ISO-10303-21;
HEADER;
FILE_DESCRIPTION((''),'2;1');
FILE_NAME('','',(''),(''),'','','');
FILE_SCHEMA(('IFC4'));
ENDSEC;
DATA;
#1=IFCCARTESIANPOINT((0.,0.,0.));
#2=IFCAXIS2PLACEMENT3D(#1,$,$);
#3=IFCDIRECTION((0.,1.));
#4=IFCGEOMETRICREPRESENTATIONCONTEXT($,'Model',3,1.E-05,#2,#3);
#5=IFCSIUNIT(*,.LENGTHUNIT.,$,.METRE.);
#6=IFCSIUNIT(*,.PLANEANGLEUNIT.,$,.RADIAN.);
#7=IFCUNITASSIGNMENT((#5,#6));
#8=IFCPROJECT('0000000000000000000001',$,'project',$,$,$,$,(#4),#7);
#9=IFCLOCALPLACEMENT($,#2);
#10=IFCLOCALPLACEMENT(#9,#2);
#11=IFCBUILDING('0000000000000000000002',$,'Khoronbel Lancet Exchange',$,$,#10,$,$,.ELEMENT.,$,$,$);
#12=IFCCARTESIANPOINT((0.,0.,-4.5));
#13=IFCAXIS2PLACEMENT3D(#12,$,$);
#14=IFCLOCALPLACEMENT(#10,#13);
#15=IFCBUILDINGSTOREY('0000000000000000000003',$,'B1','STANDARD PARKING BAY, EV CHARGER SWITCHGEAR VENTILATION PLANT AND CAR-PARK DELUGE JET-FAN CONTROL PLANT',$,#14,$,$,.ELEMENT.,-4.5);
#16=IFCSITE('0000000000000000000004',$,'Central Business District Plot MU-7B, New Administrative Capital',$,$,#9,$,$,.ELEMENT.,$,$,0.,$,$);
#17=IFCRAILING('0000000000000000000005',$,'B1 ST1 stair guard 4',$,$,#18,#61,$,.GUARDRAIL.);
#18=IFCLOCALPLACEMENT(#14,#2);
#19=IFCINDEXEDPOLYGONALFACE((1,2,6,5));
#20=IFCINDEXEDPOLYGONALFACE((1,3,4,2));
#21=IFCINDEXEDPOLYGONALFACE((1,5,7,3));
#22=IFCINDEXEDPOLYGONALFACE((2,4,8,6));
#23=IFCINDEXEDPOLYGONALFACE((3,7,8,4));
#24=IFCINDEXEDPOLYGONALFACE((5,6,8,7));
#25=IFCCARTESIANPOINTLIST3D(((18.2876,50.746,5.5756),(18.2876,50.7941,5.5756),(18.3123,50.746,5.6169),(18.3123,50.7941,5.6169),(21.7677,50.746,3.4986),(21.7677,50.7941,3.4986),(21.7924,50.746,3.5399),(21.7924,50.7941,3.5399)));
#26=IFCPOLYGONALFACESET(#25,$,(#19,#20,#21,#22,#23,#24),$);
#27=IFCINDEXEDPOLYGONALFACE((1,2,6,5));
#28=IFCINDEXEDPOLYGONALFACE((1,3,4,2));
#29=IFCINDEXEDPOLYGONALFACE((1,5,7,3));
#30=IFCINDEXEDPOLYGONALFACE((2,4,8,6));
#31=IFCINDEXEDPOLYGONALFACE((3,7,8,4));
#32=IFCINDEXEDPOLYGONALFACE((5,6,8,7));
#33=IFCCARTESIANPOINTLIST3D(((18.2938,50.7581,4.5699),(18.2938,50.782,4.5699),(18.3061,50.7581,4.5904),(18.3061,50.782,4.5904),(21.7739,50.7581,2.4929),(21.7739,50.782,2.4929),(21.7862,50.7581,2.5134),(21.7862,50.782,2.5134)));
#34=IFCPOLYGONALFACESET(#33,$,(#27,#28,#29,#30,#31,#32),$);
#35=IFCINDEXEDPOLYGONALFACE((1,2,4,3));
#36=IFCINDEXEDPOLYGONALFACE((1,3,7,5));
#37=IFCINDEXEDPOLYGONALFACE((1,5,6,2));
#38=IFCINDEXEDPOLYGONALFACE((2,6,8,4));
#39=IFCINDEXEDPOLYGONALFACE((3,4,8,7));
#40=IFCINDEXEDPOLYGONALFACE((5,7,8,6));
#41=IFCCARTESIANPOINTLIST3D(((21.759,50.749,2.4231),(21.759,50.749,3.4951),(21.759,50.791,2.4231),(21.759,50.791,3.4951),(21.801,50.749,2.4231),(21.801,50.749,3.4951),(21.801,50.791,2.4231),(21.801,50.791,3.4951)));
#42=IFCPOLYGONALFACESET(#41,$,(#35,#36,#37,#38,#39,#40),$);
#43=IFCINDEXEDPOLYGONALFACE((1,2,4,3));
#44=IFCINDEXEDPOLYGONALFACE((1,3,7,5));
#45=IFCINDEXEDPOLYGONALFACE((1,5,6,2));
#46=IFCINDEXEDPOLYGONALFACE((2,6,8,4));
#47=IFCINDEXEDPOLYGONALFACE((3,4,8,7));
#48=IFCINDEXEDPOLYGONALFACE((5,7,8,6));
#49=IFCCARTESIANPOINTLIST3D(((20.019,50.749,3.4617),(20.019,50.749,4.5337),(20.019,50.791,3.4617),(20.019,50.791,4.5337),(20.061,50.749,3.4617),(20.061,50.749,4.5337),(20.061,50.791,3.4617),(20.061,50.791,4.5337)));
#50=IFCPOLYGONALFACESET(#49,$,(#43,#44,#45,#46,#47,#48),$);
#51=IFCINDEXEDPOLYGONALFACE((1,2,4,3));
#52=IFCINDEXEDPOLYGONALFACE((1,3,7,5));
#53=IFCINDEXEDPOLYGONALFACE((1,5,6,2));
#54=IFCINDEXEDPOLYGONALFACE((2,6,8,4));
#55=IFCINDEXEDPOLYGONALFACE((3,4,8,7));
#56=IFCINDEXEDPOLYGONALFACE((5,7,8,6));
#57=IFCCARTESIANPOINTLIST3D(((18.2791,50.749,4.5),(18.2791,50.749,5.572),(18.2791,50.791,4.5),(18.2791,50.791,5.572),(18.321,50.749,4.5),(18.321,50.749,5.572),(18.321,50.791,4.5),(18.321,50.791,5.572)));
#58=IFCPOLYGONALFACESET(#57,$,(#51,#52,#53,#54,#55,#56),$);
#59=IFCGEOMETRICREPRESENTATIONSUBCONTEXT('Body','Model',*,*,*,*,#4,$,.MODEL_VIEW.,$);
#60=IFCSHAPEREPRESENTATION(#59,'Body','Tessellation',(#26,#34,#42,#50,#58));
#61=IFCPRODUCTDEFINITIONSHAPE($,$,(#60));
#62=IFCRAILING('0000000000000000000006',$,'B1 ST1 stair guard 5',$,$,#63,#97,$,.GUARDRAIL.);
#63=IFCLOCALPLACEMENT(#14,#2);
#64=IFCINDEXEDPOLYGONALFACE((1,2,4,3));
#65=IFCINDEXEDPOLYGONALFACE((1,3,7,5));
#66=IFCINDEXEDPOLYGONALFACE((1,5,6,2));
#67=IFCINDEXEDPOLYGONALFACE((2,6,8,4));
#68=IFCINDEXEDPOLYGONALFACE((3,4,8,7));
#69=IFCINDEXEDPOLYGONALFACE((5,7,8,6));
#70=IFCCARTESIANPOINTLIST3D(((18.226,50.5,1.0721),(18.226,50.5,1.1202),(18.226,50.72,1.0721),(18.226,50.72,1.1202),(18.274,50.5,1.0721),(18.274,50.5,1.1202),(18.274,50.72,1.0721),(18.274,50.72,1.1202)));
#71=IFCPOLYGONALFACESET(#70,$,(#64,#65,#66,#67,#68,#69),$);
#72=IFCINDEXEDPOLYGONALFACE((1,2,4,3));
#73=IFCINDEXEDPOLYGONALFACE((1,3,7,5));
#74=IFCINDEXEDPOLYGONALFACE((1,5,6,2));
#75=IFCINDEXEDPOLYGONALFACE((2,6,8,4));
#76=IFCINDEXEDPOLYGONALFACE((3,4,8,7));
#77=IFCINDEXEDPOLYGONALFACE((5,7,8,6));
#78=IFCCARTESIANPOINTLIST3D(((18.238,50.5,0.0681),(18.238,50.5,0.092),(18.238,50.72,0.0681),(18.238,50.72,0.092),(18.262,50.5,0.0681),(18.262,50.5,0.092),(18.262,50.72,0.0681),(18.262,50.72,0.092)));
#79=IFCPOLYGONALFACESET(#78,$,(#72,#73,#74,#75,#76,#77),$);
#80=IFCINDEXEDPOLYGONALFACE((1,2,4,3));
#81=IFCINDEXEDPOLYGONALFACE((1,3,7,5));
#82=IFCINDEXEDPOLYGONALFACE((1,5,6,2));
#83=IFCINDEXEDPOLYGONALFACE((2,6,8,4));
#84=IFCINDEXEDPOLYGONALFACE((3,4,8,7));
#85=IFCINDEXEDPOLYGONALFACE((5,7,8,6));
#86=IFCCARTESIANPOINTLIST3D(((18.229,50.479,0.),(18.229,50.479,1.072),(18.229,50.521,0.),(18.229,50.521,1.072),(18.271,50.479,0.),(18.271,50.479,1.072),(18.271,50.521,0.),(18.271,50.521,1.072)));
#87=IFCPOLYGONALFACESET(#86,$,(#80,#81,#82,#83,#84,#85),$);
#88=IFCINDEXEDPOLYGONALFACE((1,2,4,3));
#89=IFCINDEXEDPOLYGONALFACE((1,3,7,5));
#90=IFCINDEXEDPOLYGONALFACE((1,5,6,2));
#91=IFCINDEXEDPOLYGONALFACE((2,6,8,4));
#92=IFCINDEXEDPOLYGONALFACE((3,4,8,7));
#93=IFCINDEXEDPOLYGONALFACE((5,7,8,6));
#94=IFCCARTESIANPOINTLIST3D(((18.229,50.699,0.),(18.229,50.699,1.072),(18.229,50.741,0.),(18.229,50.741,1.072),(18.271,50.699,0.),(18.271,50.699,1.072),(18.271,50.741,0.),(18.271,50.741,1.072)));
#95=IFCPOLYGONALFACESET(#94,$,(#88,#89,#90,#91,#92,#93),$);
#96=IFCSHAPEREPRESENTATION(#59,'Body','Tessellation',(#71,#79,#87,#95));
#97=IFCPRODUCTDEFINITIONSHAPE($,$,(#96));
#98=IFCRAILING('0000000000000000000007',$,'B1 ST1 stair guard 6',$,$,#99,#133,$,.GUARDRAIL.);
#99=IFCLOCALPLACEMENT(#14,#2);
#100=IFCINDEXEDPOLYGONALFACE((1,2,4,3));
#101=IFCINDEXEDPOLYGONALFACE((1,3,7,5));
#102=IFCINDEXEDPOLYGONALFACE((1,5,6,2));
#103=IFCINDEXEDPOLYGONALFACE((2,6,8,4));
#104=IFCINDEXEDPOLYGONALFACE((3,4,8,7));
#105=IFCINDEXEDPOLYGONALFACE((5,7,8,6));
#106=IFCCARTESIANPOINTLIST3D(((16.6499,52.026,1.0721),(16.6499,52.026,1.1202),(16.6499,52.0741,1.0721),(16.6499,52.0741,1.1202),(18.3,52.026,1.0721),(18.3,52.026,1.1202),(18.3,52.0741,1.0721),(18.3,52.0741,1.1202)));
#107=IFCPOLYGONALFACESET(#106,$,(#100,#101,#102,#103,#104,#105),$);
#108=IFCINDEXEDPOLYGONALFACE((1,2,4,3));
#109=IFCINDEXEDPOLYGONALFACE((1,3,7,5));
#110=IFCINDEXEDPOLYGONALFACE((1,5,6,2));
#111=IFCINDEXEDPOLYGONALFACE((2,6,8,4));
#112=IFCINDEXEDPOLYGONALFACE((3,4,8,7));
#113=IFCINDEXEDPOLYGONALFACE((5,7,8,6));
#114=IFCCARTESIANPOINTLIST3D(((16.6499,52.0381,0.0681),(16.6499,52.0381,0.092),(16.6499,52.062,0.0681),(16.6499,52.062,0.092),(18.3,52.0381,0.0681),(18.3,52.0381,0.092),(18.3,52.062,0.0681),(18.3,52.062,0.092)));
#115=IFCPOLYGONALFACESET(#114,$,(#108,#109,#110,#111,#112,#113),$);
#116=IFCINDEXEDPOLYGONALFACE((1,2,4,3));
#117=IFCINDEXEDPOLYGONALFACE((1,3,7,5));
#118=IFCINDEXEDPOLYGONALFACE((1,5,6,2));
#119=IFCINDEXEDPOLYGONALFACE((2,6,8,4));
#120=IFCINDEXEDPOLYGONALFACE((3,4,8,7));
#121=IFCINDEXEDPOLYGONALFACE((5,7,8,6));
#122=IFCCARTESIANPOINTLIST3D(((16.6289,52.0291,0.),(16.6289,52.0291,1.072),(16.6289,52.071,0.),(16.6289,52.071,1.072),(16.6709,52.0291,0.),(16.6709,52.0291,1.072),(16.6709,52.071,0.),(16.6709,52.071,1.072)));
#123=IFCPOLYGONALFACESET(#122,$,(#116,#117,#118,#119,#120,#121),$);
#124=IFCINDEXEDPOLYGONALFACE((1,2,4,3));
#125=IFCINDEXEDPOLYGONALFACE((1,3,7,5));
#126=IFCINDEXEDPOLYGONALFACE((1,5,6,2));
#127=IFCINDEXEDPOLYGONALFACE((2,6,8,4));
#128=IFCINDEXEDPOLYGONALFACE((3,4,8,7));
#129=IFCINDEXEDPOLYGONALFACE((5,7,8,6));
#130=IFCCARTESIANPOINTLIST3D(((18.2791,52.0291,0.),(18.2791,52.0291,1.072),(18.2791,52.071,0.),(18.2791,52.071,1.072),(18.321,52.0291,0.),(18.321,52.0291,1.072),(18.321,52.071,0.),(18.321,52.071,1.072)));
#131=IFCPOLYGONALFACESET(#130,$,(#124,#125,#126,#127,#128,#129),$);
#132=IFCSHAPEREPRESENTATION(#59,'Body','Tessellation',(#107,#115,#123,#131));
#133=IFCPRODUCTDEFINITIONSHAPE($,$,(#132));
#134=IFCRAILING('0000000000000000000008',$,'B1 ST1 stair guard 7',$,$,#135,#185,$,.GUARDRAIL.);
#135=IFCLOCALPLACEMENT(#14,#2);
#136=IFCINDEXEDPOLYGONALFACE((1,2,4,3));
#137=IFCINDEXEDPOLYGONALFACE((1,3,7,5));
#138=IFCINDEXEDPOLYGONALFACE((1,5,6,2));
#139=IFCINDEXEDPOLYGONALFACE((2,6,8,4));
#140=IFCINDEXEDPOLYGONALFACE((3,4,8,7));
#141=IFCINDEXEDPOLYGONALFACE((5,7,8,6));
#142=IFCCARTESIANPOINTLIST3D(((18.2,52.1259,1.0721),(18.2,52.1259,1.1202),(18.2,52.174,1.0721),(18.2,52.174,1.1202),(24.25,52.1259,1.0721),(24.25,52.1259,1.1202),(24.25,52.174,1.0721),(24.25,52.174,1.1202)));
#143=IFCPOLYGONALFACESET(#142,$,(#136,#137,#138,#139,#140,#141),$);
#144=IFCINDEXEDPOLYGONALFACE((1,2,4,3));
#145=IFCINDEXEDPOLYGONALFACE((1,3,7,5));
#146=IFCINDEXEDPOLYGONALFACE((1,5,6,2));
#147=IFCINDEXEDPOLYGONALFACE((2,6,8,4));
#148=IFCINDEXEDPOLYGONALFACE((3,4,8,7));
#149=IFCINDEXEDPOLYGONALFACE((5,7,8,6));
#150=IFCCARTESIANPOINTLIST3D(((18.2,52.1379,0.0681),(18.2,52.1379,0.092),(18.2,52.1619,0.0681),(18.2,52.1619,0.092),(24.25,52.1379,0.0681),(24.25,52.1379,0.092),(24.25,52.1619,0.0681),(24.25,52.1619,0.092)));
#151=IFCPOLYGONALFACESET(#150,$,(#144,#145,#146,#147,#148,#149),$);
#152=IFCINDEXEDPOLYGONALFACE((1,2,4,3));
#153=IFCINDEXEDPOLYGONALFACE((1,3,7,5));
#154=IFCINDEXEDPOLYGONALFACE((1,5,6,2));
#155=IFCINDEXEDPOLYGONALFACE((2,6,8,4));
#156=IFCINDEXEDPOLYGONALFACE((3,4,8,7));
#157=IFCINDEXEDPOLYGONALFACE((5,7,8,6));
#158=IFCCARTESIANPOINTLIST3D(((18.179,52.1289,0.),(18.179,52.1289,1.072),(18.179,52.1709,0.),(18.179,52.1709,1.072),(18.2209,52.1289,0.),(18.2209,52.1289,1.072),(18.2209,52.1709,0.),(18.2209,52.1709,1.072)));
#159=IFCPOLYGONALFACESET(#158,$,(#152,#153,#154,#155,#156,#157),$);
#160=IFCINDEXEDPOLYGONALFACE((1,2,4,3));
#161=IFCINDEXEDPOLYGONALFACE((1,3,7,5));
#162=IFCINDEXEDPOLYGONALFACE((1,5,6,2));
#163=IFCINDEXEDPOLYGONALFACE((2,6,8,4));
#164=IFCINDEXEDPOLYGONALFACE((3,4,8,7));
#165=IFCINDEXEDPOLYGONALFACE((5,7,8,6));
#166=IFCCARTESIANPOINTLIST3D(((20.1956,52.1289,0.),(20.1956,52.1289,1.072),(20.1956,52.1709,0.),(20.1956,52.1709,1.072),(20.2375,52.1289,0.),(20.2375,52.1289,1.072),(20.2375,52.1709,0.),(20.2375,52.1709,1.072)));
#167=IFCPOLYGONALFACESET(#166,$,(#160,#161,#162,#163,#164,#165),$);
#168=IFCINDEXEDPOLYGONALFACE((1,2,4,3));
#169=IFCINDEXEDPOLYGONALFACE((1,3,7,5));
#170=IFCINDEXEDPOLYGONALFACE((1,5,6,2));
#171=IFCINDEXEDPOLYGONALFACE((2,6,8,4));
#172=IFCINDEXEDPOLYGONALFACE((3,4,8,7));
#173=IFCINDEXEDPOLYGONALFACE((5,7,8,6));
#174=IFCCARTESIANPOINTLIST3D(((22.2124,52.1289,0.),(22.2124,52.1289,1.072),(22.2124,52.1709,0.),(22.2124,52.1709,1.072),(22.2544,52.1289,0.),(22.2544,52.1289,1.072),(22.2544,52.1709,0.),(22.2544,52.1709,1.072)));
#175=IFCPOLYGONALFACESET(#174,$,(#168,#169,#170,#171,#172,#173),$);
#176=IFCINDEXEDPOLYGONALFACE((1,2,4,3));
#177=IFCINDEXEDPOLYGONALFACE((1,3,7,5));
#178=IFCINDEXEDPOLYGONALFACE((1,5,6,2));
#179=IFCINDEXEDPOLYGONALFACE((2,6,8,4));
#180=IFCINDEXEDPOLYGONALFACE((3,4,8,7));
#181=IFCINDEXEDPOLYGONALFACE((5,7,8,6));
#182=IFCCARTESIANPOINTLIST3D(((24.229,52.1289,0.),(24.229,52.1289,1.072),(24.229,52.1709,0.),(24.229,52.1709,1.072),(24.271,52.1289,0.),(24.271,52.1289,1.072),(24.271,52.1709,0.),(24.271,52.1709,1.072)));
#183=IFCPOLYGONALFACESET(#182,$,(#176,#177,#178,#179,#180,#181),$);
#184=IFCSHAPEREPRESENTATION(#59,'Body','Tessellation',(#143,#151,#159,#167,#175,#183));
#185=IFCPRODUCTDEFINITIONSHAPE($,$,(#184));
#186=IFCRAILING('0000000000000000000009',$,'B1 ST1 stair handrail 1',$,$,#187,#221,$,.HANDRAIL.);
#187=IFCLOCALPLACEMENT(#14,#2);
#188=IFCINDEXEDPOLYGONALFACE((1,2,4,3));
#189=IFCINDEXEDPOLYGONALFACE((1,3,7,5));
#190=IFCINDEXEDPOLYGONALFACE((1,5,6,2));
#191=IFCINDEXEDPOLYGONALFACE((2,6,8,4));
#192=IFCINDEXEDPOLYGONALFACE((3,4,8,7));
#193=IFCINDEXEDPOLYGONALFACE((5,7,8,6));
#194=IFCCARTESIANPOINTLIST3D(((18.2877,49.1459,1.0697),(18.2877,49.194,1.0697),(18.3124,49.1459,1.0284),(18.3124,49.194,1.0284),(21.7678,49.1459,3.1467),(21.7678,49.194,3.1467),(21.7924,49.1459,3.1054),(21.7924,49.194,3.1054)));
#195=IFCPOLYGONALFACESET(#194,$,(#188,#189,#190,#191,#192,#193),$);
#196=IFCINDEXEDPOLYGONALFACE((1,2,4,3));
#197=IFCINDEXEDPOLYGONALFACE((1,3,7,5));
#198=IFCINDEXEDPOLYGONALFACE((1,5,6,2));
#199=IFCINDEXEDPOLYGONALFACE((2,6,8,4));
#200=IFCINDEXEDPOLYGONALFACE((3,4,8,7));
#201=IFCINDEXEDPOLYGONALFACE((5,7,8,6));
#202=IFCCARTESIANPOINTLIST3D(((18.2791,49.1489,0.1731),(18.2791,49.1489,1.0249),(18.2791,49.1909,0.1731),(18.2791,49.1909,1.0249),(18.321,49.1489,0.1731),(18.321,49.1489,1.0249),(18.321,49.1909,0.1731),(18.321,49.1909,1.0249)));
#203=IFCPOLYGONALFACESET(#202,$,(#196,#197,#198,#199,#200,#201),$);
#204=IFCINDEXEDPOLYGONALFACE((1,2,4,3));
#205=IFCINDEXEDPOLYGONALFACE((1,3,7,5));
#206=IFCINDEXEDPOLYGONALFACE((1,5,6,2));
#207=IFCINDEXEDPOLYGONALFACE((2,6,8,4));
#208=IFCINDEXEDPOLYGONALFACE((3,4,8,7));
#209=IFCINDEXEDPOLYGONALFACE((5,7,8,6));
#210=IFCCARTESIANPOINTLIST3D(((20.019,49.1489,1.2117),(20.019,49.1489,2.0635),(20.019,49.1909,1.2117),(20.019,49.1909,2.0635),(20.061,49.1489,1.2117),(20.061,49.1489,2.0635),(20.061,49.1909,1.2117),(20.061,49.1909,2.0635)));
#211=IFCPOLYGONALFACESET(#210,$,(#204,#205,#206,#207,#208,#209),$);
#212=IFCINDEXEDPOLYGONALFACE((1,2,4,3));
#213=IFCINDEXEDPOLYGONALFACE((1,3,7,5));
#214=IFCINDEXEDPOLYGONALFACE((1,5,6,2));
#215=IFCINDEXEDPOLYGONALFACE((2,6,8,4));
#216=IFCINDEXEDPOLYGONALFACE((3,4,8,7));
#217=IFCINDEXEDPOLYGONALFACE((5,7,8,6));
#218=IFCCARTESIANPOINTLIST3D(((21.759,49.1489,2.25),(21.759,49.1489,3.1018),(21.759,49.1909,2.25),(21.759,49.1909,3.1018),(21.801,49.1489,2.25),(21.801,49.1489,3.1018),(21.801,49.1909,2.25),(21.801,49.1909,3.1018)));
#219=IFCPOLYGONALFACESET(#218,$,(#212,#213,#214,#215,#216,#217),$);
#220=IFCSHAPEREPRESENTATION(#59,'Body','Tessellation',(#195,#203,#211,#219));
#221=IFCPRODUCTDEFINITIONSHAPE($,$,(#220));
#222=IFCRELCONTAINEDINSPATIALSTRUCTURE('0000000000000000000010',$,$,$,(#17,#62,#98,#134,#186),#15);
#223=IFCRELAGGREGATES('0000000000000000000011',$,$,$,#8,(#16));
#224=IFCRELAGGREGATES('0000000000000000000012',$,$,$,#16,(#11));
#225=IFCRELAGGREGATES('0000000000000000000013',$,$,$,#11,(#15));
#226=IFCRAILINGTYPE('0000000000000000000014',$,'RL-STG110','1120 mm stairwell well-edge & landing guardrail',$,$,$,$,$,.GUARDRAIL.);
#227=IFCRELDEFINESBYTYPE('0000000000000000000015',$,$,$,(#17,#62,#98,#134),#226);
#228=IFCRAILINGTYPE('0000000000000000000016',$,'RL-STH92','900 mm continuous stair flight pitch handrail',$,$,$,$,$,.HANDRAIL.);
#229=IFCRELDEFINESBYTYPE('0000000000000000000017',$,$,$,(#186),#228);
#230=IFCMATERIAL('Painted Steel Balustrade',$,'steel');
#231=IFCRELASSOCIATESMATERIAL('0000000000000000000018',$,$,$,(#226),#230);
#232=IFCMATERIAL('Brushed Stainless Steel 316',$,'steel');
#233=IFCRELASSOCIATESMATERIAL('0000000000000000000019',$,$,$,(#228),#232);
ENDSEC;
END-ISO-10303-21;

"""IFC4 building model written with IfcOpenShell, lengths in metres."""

from ifc_helpers import new_model, si_unit, direction, frame, origin, origin_2d, place, context, subcontext, project, spatial, rectangle, extrude, material, type_object, element, save


model = new_model("IFC4")

# Units and contexts
model_context = context("Model", 3, precision=1e-05, world=origin(), true_north=direction((0.0, 1.0)))
body_context = subcontext(model_context, "Body", "Model", "MODEL_VIEW")
ifc_project = project(units=[si_unit("LENGTHUNIT", "METRE"), si_unit("PLANEANGLEUNIT", "RADIAN")], contexts=[model_context])

# Site, building, storey
site_placement = place(None, origin())
site = spatial("IfcSite", under=ifc_project, at=site_placement, Name="Central Business District Plot MU-7B, New Administrative Capital", CompositionType="ELEMENT", RefElevation=0.0)
building_placement = place(site_placement, origin())
building = spatial("IfcBuilding", under=site, at=building_placement, Name="Khoronbel Lancet Exchange", CompositionType="ELEMENT")
storey_placement = place(building_placement, frame((0.0, 0.0, -4.5)))
storey = spatial("IfcBuildingStorey", under=building, at=storey_placement, Name="B1", Description="STANDARD PARKING BAY, EV CHARGER SWITCHGEAR VENTILATION PLANT AND CAR-PARK DELUGE JET-FAN CONTROL PLANT", CompositionType="ELEMENT", Elevation=-4.5)

# Railings
ifc_material_1 = material(Name="Painted Steel Balustrade", Category="steel")
railing_type_1 = type_object("IfcRailingType", Name="RL-STG110", Description="1120 mm stairwell well-edge & landing guardrail", PredefinedType="GUARDRAIL", material=ifc_material_1)
railing_1_placement = place(storey_placement, frame((21.78, 50.77, 2.4231)))
element("IfcRailing", 1, at=railing_1_placement, inside=storey, type_object=railing_type_1, Name="B1 ST1 stair guard 4", PredefinedType="GUARDRAIL", context=body_context, shape_type="SweptSolid", body=[
    extrude(rectangle(XDim=0.0481, YDim=0.0481, at=origin_2d()), frame((0.0, 0.0, 1.0962), z_axis=(-0.858697, 0.0, 0.512483), x_axis=(0.0, -1.0, 0.0)), (0.0, 0.0, 1.0), 4.0527),
    extrude(rectangle(XDim=0.0239, YDim=0.0239, at=origin_2d()), frame((0.0, 0.0, 0.0801), z_axis=(-0.858697, 0.0, 0.512483), x_axis=(0.0, -1.0, 0.0)), (0.0, 0.0, 1.0), 4.0527),
    extrude(rectangle(XDim=0.042, YDim=0.042, at=origin_2d()), origin(), (0.0, 0.0, 1.0), 1.072),
    extrude(rectangle(XDim=0.042, YDim=0.042, at=origin_2d()), frame((-1.74, 0.0, 1.0386)), (0.0, 0.0, 1.0), 1.072),
    extrude(rectangle(XDim=0.042, YDim=0.042, at=origin_2d()), frame((-3.48, 0.0, 2.0769)), (0.0, 0.0, 1.0), 1.072),
])
railing_2_placement = place(storey_placement, frame((18.25, 50.5, 0.0)))
element("IfcRailing", 2, at=railing_2_placement, inside=storey, type_object=railing_type_1, Name="B1 ST1 stair guard 5", PredefinedType="GUARDRAIL", context=body_context, shape_type="SweptSolid", body=[
    extrude(rectangle(XDim=0.0481, YDim=0.0481, at=origin_2d()), frame((0.0, 0.0, 1.0962), z_axis=(0.0, 1.0, 0.0), x_axis=(-1.0, 0.0, 0.0)), (0.0, 0.0, 1.0), 0.22),
    extrude(rectangle(XDim=0.0239, YDim=0.0239, at=origin_2d()), frame((0.0, 0.0, 0.0801), z_axis=(0.0, 1.0, 0.0), x_axis=(-1.0, 0.0, 0.0)), (0.0, 0.0, 1.0), 0.22),
    extrude(rectangle(XDim=0.042, YDim=0.042, at=origin_2d()), origin(), (0.0, 0.0, 1.0), 1.072),
    extrude(rectangle(XDim=0.042, YDim=0.042, at=origin_2d()), frame((0.0, 0.22, 0.0)), (0.0, 0.0, 1.0), 1.072),
])
railing_3_placement = place(storey_placement, frame((16.6499, 52.05, 0.0)))
element("IfcRailing", 3, at=railing_3_placement, inside=storey, type_object=railing_type_1, Name="B1 ST1 stair guard 6", PredefinedType="GUARDRAIL", context=body_context, shape_type="SweptSolid", body=[
    extrude(rectangle(XDim=0.0481, YDim=0.0481, at=origin_2d()), frame((0.0, 0.0, 1.0962), z_axis=(1.0, 0.0, 0.0), x_axis=(0.0, 1.0, 0.0)), (0.0, 0.0, 1.0), 1.6501),
    extrude(rectangle(XDim=0.0239, YDim=0.0239, at=origin_2d()), frame((0.0, 0.0, 0.0801), z_axis=(1.0, 0.0, 0.0), x_axis=(0.0, 1.0, 0.0)), (0.0, 0.0, 1.0), 1.6501),
    extrude(rectangle(XDim=0.042, YDim=0.042, at=origin_2d()), origin(), (0.0, 0.0, 1.0), 1.072),
    extrude(rectangle(XDim=0.042, YDim=0.042, at=origin_2d()), frame((1.6501, 0.0, 0.0)), (0.0, 0.0, 1.0), 1.072),
])
railing_4_placement = place(storey_placement, frame((18.2, 52.1499, 0.0)))
element("IfcRailing", 4, at=railing_4_placement, inside=storey, type_object=railing_type_1, Name="B1 ST1 stair guard 7", PredefinedType="GUARDRAIL", context=body_context, shape_type="SweptSolid", body=[
    extrude(rectangle(XDim=0.0481, YDim=0.0481, at=origin_2d()), frame((0.0, 0.0, 1.0962), z_axis=(1.0, 0.0, 0.0), x_axis=(0.0, 1.0, 0.0)), (0.0, 0.0, 1.0), 6.05),
    extrude(rectangle(XDim=0.0239, YDim=0.0239, at=origin_2d()), frame((0.0, 0.0, 0.0801), z_axis=(1.0, 0.0, 0.0), x_axis=(0.0, 1.0, 0.0)), (0.0, 0.0, 1.0), 6.05),
    extrude(rectangle(XDim=0.042, YDim=0.042, at=origin_2d()), origin(), (0.0, 0.0, 1.0), 1.072),
    extrude(rectangle(XDim=0.042, YDim=0.042, at=origin_2d()), frame((2.0166, 0.0, 0.0)), (0.0, 0.0, 1.0), 1.072),
    extrude(rectangle(XDim=0.042, YDim=0.042, at=origin_2d()), frame((4.0334, 0.0, 0.0)), (0.0, 0.0, 1.0), 1.072),
    extrude(rectangle(XDim=0.042, YDim=0.042, at=origin_2d()), frame((6.05, 0.0, 0.0)), (0.0, 0.0, 1.0), 1.072),
])
ifc_material_2 = material(Name="Brushed Stainless Steel 316", Category="steel")
railing_type_2 = type_object("IfcRailingType", Name="RL-STH92", Description="900 mm continuous stair flight pitch handrail", PredefinedType="HANDRAIL", material=ifc_material_2)
railing_5_placement = place(storey_placement, frame((18.3, 49.1699, 0.1731)))
element("IfcRailing", 5, at=railing_5_placement, inside=storey, type_object=railing_type_2, Name="B1 ST1 stair handrail 1", PredefinedType="HANDRAIL", context=body_context, shape_type="SweptSolid", body=[
    extrude(rectangle(XDim=0.0481, YDim=0.0481, at=origin_2d()), frame((0.0, 0.0, 0.876), z_axis=(0.858697, 0.0, 0.512483), x_axis=(0.0, 1.0, 0.0)), (0.0, 0.0, 1.0), 4.0527),
    extrude(rectangle(XDim=0.042, YDim=0.042, at=origin_2d()), origin(), (0.0, 0.0, 1.0), 0.8518),
    extrude(rectangle(XDim=0.042, YDim=0.042, at=origin_2d()), frame((1.74, 0.0, 1.0386)), (0.0, 0.0, 1.0), 0.8518),
    extrude(rectangle(XDim=0.042, YDim=0.042, at=origin_2d()), frame((3.48, 0.0, 2.0769)), (0.0, 0.0, 1.0), 0.8518),
])

save(model, "model.ifc")
